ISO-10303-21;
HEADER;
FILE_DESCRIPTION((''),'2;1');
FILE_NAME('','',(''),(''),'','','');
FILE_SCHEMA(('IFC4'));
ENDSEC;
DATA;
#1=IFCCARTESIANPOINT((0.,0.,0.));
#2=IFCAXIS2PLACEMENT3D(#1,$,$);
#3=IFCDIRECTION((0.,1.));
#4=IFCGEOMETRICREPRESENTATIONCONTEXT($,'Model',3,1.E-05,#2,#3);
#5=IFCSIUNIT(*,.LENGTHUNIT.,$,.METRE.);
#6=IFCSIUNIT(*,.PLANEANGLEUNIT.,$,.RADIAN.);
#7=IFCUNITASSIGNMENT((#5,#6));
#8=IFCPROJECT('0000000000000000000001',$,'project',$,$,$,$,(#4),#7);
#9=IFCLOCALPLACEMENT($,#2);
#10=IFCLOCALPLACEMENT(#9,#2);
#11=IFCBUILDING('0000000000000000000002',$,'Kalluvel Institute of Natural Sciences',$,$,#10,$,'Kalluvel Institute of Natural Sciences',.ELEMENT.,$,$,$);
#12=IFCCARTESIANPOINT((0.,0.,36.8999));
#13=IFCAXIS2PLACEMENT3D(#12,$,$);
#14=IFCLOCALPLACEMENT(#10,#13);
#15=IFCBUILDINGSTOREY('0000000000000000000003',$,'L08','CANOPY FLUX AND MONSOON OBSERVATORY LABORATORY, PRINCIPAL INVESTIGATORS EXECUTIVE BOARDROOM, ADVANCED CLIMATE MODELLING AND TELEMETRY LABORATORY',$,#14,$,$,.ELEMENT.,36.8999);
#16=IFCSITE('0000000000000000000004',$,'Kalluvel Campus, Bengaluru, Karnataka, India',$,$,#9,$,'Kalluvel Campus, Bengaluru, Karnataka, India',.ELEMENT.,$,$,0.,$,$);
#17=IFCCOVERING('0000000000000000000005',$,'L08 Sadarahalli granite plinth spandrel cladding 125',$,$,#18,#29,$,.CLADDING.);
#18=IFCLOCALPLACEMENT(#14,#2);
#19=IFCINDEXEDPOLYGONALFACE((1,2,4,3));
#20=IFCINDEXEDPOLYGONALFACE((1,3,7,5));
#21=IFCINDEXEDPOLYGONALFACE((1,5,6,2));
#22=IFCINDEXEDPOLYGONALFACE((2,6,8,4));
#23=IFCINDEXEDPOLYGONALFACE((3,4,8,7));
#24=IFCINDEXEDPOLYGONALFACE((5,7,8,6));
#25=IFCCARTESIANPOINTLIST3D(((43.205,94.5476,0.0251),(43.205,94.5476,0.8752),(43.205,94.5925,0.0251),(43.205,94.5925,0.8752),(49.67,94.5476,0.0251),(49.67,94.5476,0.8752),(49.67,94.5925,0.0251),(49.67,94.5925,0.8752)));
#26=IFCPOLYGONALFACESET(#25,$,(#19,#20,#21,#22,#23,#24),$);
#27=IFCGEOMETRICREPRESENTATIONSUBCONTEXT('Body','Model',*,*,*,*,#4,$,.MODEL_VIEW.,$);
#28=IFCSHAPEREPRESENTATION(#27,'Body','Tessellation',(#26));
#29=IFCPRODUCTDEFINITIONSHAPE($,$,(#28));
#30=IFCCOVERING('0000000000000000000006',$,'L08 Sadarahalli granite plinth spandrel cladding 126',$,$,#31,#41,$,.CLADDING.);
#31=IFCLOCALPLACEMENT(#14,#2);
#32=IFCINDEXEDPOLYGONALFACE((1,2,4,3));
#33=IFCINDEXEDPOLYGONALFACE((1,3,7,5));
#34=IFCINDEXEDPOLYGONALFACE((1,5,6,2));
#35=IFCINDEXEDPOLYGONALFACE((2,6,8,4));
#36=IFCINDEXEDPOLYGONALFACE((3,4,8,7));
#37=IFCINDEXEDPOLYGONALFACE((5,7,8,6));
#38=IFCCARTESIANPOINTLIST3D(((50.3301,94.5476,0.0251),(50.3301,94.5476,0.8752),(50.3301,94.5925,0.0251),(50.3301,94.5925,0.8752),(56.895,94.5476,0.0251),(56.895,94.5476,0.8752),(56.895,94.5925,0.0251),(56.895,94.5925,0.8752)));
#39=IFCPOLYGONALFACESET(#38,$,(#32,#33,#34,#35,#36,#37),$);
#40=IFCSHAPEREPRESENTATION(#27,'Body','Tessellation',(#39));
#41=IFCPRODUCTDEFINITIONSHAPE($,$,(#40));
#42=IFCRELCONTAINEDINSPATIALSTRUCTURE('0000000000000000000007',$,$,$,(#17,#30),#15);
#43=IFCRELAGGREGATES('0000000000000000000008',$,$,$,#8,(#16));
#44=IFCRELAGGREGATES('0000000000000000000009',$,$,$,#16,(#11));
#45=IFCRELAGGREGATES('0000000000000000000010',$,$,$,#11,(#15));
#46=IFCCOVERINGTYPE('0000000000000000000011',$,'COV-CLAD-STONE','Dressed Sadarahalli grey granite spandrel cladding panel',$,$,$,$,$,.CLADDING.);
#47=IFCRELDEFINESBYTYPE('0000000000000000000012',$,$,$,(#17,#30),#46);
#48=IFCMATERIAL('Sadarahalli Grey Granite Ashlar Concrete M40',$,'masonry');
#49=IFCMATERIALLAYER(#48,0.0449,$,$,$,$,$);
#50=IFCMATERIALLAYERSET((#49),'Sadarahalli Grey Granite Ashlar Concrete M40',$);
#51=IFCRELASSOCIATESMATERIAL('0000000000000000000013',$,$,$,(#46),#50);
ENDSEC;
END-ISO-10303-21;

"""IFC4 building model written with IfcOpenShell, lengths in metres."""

from ifc_helpers import new_model, si_unit, direction, frame, origin, origin_2d, place, context, subcontext, project, spatial, rectangle, extrude, material, layer, layer_set, type_object, element, save


model = new_model("IFC4")

# Units and contexts
model_context = context("Model", 3, precision=1e-05, world=origin(), true_north=direction((0.0, 1.0)))
body_context = subcontext(model_context, "Body", "Model", "MODEL_VIEW")
ifc_project = project(units=[si_unit("LENGTHUNIT", "METRE"), si_unit("PLANEANGLEUNIT", "RADIAN")], contexts=[model_context])

# Site, building, storey
site_placement = place(None, origin())
site = spatial("IfcSite", under=ifc_project, at=site_placement, Name="Kalluvel Campus, Bengaluru, Karnataka, India", LongName="Kalluvel Campus, Bengaluru, Karnataka, India", CompositionType="ELEMENT", RefElevation=0.0)
building_placement = place(site_placement, origin())
building = spatial("IfcBuilding", under=site, at=building_placement, Name="Kalluvel Institute of Natural Sciences", LongName="Kalluvel Institute of Natural Sciences", CompositionType="ELEMENT")
storey_placement = place(building_placement, frame((0.0, 0.0, 36.8999)))
storey = spatial("IfcBuildingStorey", under=building, at=storey_placement, Name="L08", Description="CANOPY FLUX AND MONSOON OBSERVATORY LABORATORY, PRINCIPAL INVESTIGATORS EXECUTIVE BOARDROOM, ADVANCED CLIMATE MODELLING AND TELEMETRY LABORATORY", CompositionType="ELEMENT", Elevation=36.8999)

# Shared definitions
ifc_material_1 = material(Name="Sadarahalli Grey Granite Ashlar Concrete M40", Category="masonry")

# Coverings
ifc_layer_1 = layer(ifc_material_1, 0.0449)
ifc_layer_set_1 = layer_set([ifc_layer_1], Name="Sadarahalli Grey Granite Ashlar Concrete M40")
covering_type = type_object("IfcCoveringType", Name="COV-CLAD-STONE", Description="Dressed Sadarahalli grey granite spandrel cladding panel", PredefinedType="CLADDING", material=ifc_layer_set_1)
for number, where, z_axis, x_axis, name in (
    (1, (46.4375, 94.5701, 0.0251), (0.0, 0.0, 1.0), (1.0, 0.0, 0.0), "L08 Sadarahalli granite plinth spandrel cladding 125"),
):
    element("IfcCovering", number, at=place(storey_placement, frame(where, z_axis=z_axis, x_axis=x_axis)), inside=storey, type_object=covering_type, Name=name, PredefinedType="CLADDING", context=body_context, shape_type="SweptSolid", body=[
        extrude(rectangle(XDim=6.4651, YDim=0.0449, at=origin_2d()), origin(), (0.0, 0.0, 1.0), 0.8501),
    ])
covering_placement = place(storey_placement, frame((53.6125, 94.5701, 0.0251), z_axis=(0.0, 0.0, 1.0), x_axis=(1.0, 0.0, 0.0)))
element("IfcCovering", 2, at=covering_placement, inside=storey, type_object=covering_type, Name="L08 Sadarahalli granite plinth spandrel cladding 126", PredefinedType="CLADDING", context=body_context, shape_type="SweptSolid", body=[
    extrude(rectangle(XDim=6.5649, YDim=0.0449, at=origin_2d()), origin(), (0.0, 0.0, 1.0), 0.8501),
])

save(model, "model.ifc")
